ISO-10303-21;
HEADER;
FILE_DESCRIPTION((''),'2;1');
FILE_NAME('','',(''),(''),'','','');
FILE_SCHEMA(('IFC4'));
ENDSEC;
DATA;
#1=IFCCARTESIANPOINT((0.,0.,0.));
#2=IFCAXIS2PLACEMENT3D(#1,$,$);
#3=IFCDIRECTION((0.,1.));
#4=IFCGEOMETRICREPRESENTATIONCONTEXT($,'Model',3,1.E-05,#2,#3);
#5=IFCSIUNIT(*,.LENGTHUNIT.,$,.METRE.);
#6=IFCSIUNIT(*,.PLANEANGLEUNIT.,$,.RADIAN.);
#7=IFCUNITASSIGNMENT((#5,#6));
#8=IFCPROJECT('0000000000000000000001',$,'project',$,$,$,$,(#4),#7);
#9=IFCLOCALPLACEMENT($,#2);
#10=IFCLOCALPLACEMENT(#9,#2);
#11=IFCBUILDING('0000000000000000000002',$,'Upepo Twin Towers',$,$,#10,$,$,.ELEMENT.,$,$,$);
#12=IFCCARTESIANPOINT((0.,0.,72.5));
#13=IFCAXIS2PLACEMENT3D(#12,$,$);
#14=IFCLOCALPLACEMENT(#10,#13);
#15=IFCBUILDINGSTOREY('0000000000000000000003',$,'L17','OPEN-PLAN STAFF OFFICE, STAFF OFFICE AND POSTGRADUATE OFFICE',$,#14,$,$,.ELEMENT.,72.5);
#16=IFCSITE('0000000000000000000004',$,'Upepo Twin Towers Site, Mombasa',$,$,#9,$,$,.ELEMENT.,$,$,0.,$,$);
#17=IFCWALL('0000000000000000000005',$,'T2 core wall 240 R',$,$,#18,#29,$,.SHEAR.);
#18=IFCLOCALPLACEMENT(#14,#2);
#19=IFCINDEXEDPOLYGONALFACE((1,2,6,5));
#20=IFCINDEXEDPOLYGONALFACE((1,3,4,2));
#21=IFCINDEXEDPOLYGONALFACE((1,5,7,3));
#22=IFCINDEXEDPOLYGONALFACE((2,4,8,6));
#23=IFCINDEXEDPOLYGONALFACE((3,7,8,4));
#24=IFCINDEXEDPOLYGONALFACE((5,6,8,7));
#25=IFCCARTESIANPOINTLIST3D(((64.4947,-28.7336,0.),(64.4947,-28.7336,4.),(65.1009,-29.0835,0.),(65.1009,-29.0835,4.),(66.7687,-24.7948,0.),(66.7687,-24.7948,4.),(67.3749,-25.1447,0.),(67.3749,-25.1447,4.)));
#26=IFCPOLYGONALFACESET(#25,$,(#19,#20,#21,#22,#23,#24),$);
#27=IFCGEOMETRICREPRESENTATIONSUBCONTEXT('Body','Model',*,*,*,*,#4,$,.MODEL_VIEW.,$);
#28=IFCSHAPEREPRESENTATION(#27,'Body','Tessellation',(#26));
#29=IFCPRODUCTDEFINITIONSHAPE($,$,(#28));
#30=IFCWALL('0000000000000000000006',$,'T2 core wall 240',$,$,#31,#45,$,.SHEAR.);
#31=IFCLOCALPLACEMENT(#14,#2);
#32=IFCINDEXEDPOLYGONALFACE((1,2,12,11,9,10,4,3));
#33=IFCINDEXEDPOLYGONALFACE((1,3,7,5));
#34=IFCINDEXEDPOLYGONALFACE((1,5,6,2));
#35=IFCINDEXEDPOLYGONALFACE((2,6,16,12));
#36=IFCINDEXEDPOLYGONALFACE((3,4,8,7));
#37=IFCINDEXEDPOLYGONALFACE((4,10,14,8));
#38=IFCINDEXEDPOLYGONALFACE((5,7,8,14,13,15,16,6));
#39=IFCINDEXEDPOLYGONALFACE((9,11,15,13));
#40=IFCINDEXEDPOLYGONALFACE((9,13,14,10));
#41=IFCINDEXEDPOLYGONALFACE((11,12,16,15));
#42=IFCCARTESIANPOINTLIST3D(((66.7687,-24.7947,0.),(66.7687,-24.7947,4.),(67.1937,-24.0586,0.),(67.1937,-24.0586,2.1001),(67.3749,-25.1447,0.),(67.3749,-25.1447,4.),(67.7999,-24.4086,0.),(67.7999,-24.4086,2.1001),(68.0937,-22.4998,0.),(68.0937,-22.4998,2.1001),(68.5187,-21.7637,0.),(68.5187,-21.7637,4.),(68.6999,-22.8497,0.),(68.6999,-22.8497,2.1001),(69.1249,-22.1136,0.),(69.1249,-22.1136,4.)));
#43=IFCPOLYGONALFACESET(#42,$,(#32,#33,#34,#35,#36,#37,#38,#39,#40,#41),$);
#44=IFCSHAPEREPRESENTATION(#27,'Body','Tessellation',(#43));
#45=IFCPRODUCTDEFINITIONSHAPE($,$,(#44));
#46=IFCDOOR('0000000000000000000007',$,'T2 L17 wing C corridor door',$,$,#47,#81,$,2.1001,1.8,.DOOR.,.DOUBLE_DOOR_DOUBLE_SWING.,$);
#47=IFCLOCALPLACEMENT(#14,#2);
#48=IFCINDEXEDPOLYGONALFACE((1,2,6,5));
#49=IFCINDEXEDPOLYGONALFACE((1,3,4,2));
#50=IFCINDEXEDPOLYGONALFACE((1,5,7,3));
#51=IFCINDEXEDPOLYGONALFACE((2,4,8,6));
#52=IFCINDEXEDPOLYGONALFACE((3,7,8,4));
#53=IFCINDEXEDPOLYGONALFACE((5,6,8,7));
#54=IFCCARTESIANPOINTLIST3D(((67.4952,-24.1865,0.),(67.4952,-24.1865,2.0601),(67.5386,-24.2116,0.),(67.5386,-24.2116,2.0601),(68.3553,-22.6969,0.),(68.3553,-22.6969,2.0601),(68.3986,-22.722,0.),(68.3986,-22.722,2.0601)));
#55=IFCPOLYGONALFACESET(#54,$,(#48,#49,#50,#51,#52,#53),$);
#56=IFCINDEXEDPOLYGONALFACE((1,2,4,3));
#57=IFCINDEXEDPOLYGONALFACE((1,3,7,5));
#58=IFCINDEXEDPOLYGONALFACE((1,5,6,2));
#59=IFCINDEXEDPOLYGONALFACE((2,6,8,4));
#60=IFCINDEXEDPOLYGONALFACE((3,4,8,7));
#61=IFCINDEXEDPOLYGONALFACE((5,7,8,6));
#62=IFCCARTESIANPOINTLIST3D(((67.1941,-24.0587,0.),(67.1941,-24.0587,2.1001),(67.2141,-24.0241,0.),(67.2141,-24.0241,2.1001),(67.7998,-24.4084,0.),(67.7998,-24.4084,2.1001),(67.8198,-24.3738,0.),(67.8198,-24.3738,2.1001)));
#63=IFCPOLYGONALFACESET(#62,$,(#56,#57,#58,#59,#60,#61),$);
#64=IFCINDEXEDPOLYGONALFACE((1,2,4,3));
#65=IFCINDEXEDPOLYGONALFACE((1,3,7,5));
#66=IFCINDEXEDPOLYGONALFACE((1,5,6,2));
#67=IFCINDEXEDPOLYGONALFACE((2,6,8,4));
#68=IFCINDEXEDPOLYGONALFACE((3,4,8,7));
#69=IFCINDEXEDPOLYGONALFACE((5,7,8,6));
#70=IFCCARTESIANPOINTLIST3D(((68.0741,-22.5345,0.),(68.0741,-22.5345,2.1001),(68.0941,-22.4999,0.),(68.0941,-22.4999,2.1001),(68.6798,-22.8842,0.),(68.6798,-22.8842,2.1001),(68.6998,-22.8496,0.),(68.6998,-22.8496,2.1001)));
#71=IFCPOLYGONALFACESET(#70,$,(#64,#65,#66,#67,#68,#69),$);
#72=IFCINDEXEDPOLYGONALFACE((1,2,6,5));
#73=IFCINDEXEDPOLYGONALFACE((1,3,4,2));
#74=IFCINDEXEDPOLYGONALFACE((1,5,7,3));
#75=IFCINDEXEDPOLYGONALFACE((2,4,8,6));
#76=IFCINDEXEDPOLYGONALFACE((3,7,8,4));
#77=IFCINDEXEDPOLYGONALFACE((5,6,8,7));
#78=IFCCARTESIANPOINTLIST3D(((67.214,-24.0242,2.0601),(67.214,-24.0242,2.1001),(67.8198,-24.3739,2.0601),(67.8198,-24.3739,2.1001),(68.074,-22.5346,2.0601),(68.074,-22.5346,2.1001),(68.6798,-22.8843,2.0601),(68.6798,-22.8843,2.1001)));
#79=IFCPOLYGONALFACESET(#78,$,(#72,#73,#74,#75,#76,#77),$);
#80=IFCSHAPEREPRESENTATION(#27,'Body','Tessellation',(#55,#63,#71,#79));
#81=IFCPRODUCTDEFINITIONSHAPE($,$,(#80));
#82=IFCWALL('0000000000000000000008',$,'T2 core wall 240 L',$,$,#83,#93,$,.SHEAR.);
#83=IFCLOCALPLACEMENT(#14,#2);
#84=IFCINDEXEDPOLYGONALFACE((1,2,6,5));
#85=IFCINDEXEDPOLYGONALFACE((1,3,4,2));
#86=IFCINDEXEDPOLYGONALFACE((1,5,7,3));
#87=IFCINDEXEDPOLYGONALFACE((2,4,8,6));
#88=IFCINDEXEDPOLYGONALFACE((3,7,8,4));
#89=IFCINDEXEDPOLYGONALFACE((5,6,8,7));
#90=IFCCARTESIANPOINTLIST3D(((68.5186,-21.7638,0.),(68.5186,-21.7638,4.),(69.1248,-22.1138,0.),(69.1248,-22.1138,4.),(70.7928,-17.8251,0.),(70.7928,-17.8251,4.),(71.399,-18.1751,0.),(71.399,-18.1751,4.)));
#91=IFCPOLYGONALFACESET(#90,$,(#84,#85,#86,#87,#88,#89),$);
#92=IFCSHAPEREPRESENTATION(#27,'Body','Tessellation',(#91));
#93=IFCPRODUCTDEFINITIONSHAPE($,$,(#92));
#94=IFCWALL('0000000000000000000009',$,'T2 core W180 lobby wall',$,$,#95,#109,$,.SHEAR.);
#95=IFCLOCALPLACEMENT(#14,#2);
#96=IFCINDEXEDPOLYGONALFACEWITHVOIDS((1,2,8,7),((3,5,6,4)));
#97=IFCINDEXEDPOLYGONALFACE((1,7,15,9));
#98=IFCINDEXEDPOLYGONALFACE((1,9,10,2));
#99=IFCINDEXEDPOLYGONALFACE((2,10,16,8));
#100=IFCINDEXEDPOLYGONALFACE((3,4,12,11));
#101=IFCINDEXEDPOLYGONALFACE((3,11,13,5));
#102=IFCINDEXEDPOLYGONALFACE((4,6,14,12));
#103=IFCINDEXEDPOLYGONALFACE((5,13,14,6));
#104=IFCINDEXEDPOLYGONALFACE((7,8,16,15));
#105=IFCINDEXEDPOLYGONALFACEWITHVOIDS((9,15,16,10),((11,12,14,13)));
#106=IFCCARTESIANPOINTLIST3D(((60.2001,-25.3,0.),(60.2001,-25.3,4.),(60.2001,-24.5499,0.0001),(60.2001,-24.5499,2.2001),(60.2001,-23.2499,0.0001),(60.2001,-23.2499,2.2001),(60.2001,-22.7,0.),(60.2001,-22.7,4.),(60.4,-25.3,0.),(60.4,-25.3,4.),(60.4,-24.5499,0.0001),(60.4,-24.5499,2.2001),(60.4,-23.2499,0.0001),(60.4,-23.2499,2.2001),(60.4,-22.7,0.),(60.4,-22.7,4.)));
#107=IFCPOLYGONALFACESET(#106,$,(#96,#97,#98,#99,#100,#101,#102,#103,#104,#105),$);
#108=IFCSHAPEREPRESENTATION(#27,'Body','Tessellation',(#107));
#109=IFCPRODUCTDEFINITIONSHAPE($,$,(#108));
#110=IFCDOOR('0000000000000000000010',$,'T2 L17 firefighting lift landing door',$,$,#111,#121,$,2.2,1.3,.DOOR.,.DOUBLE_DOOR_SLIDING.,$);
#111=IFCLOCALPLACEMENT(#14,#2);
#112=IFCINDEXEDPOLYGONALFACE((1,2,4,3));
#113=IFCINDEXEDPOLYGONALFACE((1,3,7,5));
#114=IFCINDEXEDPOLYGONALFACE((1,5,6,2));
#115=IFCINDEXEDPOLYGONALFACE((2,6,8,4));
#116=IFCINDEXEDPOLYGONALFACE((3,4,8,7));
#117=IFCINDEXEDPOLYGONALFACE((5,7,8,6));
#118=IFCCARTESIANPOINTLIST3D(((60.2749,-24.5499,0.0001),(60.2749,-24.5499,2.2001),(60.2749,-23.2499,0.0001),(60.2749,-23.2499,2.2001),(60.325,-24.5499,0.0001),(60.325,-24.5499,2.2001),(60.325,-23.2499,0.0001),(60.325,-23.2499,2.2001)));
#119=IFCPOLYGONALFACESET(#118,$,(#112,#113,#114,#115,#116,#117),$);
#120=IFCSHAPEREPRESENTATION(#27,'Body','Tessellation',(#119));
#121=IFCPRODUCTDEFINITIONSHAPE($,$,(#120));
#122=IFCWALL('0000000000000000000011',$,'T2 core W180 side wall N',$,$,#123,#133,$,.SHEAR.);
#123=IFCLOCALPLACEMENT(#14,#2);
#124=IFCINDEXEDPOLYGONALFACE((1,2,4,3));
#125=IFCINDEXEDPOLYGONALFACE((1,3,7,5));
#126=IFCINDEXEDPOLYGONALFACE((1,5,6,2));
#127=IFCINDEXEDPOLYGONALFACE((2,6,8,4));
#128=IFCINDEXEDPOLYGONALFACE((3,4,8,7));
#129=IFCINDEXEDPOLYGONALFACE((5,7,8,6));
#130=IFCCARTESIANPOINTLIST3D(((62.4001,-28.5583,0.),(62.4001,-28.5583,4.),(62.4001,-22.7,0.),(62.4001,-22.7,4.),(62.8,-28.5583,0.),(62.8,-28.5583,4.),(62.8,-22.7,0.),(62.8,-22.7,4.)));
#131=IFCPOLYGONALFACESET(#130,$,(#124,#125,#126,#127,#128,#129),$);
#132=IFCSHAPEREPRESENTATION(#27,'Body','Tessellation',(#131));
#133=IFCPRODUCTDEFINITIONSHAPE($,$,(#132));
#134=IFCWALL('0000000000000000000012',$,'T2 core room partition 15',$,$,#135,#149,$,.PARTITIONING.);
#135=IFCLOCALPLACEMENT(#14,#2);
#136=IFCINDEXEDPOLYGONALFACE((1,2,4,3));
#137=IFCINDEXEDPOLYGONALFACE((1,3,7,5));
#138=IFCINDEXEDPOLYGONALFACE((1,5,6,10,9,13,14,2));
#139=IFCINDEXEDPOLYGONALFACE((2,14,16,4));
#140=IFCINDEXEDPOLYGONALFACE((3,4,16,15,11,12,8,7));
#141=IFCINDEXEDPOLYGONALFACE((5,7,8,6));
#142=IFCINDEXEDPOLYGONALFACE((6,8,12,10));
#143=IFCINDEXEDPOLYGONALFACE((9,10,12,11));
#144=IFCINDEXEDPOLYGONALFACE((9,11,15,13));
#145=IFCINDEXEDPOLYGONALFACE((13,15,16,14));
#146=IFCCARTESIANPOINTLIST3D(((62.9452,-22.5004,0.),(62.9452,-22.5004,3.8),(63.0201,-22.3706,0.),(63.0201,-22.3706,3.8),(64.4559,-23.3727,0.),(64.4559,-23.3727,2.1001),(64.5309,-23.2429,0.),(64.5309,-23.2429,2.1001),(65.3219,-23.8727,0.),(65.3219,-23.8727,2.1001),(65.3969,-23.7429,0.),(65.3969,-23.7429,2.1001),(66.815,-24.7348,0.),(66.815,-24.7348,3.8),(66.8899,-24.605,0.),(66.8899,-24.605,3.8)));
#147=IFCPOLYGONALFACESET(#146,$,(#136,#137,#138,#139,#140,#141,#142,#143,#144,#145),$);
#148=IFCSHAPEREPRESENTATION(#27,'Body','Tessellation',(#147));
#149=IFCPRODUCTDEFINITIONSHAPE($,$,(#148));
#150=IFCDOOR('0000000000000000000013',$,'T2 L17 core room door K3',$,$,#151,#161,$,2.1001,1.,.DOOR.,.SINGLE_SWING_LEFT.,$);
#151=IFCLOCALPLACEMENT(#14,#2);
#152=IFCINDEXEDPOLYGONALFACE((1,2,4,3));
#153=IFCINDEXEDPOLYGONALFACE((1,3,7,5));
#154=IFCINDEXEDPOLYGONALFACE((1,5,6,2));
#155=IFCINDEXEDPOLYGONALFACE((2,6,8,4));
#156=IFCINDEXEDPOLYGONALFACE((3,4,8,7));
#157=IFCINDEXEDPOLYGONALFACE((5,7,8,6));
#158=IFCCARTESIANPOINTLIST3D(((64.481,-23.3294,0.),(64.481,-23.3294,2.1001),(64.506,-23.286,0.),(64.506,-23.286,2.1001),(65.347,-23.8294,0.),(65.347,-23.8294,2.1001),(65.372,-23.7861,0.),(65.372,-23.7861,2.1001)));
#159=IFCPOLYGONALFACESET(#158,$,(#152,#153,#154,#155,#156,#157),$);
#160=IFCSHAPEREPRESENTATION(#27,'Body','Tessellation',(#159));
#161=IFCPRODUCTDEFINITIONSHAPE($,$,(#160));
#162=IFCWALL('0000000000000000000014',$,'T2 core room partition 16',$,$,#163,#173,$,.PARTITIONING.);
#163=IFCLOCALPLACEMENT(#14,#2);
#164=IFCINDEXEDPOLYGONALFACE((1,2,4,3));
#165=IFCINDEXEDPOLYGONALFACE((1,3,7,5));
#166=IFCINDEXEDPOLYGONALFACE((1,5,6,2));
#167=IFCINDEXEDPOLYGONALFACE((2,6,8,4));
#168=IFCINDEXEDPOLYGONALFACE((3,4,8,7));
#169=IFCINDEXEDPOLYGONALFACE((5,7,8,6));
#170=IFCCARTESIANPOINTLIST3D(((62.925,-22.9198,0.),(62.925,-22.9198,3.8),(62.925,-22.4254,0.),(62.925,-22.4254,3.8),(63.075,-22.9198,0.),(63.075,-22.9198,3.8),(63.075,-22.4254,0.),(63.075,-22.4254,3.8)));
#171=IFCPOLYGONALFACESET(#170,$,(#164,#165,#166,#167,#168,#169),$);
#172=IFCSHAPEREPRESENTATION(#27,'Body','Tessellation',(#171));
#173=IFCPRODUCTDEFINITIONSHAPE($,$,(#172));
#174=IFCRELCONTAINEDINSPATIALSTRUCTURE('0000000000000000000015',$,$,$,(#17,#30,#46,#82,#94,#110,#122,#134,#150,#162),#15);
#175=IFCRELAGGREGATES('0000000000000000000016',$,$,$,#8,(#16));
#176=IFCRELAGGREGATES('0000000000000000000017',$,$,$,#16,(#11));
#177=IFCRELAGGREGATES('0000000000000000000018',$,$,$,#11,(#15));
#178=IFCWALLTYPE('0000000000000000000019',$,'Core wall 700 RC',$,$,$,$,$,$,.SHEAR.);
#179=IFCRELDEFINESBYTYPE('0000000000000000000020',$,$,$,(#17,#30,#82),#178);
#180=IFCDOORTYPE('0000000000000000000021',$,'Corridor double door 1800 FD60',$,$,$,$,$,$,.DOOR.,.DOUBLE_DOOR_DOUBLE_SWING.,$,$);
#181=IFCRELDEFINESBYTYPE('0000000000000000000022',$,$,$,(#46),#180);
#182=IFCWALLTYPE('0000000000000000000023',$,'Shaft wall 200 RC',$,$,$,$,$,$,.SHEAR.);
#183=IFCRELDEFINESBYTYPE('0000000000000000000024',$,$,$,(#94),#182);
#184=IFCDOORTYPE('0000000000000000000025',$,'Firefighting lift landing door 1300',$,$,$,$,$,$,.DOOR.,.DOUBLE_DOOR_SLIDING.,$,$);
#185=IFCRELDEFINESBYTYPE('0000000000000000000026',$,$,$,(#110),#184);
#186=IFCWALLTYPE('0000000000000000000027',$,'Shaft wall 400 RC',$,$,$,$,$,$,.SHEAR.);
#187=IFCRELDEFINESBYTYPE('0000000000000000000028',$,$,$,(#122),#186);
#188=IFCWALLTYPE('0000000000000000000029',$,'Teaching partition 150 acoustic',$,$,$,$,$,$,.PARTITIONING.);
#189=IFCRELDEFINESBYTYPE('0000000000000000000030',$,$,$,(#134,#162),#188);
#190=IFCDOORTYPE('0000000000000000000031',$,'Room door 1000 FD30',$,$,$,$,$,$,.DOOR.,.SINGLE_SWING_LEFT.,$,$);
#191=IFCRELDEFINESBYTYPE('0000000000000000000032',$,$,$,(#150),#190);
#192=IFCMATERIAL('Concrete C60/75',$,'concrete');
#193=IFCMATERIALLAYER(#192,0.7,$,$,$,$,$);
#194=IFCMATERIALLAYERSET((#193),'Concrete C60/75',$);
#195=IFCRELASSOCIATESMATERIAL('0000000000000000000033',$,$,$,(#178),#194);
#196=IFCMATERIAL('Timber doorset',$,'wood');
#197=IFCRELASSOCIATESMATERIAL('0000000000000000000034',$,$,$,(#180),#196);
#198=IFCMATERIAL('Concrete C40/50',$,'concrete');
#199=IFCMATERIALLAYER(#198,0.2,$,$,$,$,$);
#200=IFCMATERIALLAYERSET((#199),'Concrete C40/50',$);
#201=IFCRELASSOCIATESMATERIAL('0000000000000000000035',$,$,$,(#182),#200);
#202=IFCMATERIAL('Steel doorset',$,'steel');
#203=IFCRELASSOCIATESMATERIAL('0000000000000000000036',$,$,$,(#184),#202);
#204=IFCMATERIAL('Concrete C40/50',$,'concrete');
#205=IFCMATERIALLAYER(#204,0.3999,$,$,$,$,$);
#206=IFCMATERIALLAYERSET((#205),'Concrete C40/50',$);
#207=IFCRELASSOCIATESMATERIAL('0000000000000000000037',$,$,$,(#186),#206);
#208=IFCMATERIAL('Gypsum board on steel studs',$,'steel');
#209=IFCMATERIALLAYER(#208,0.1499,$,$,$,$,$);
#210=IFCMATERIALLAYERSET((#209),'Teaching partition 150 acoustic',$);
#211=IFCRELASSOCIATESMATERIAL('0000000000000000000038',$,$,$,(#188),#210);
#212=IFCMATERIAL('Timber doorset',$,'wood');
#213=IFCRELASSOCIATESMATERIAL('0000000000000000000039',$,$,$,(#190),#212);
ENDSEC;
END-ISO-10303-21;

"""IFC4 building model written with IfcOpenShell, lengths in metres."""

from ifc_helpers import new_model, si_unit, direction, frame, frame_2d, origin, place, context, subcontext, project, spatial, rectangle, extrude, material, layer, layer_set, type_object, element, fill, save


model = new_model("IFC4")

# Units and contexts
model_context = context("Model", 3, precision=1e-05, world=origin(), true_north=direction((0.0, 1.0)))
body_context = subcontext(model_context, "Body", "Model", "MODEL_VIEW")
ifc_project = project(units=[si_unit("LENGTHUNIT", "METRE"), si_unit("PLANEANGLEUNIT", "RADIAN")], contexts=[model_context])

# Site, building, storey
site_placement = place(None, origin())
site = spatial("IfcSite", under=ifc_project, at=site_placement, Name="Upepo Twin Towers Site, Mombasa", CompositionType="ELEMENT", RefElevation=0.0)
building_placement = place(site_placement, origin())
building = spatial("IfcBuilding", under=site, at=building_placement, Name="Upepo Twin Towers", CompositionType="ELEMENT")
storey_placement = place(building_placement, frame((0.0, 0.0, 72.5)))
storey = spatial("IfcBuildingStorey", under=building, at=storey_placement, Name="L17", Description="OPEN-PLAN STAFF OFFICE, STAFF OFFICE AND POSTGRADUATE OFFICE", CompositionType="ELEMENT", Elevation=72.5)

# Wall
ifc_material_1 = material(Name="Concrete C60/75", Category="concrete")
ifc_layer_1 = layer(ifc_material_1, 0.7)
ifc_layer_set_1 = layer_set([ifc_layer_1], Name="Concrete C60/75")
wall_type_1 = type_object("IfcWallType", Name="Core wall 700 RC", PredefinedType="SHEAR", material=ifc_layer_set_1)
wall_1_placement = place(storey_placement, frame((64.7979, -28.9084, 0.0), z_axis=(0.0, 0.0, 1.0), x_axis=(0.499984, 0.866035, 0.0)))
element("IfcWall", 1, at=wall_1_placement, inside=storey, type_object=wall_type_1, Name="T2 core wall 240 R", PredefinedType="SHEAR", context=body_context, shape_type="SweptSolid", body=[
    extrude(rectangle(XDim=4.5481, YDim=0.7, at=frame_2d((2.2739, 0.0))), origin(), (0.0, 0.0, 1.0), 4.0),
])

# Wall, opening, door
wall_2_placement = place(storey_placement, frame((67.0718, -24.9697, 0.0), z_axis=(0.0, 0.0, 1.0), x_axis=(0.50001, 0.866019, 0.0)))
wall_2 = element("IfcWall", 2, at=wall_2_placement, inside=storey, type_object=wall_type_1, Name="T2 core wall 240", PredefinedType="SHEAR", context=body_context, shape_type="SweptSolid", body=[
    extrude(rectangle(XDim=3.5, YDim=0.7, at=frame_2d((1.75, 0.0))), origin(), (0.0, 0.0, 1.0), 4.0),
])
opening_1_placement = place(wall_2_placement, frame((0.8501, 0.0, 0.0)))
opening_1 = element("IfcOpeningElement", 3, at=opening_1_placement, cuts=wall_2, PredefinedType="OPENING", context=body_context, shape_type="SweptSolid", body=[
    extrude(rectangle(XDim=1.8, YDim=2.1001, at=frame_2d((0.8999, 1.05))), frame((0.0, 0.3599, 0.0), z_axis=(0.0, -1.0, 0.0), x_axis=(1.0, 0.0, 0.0)), (0.0, 0.0, 1.0), 0.72),
])
ifc_material_2 = material(Name="Timber doorset", Category="wood")
door_type_1 = type_object("IfcDoorType", Name="Corridor double door 1800 FD60", OperationType="DOUBLE_DOOR_DOUBLE_SWING", PredefinedType="DOOR", material=ifc_material_2)
door_1_placement = place(opening_1_placement, origin())
door_1 = element("IfcDoor", 4, at=door_1_placement, inside=storey, type_object=door_type_1, Name="T2 L17 wing C corridor door", OperationType="DOUBLE_DOOR_DOUBLE_SWING", OverallHeight=2.1001, OverallWidth=1.8, PredefinedType="DOOR", context=body_context, shape_type="SweptSolid", body=[
    extrude(rectangle(XDim=1.72, YDim=2.0601, at=frame_2d((0.8999, 1.03))), frame((0.0, 0.0249, 0.0), z_axis=(0.0, -1.0, 0.0), x_axis=(1.0, 0.0, 0.0)), (0.0, 0.0, 1.0), 0.05),
    extrude(rectangle(XDim=0.04, YDim=2.1001, at=frame_2d((0.02, 1.05))), frame((0.0, 0.3496, 0.0), z_axis=(0.0, -1.0, 0.0), x_axis=(1.0, 0.0, 0.0)), (0.0, 0.0, 1.0), 0.6995),
    extrude(rectangle(XDim=0.04, YDim=2.1001, at=frame_2d((1.78, 1.05))), frame((0.0, 0.3496, 0.0), z_axis=(0.0, -1.0, 0.0), x_axis=(1.0, 0.0, 0.0)), (0.0, 0.0, 1.0), 0.6995),
    extrude(rectangle(XDim=1.72, YDim=0.04, at=frame_2d((0.8999, 2.0801))), frame((0.0, 0.3496, 0.0), z_axis=(0.0, -1.0, 0.0), x_axis=(1.0, 0.0, 0.0)), (0.0, 0.0, 1.0), 0.6995),
])
fill(opening_1, door_1)

# Wall
wall_3_placement = place(storey_placement, frame((68.8218, -21.9387, 0.0), z_axis=(0.0, 0.0, 1.0), x_axis=(0.500024, 0.866011, 0.0)))
element("IfcWall", 5, at=wall_3_placement, inside=storey, type_object=wall_type_1, Name="T2 core wall 240 L", PredefinedType="SHEAR", context=body_context, shape_type="SweptSolid", body=[
    extrude(rectangle(XDim=4.5481, YDim=0.7, at=frame_2d((2.2739, 0.0))), origin(), (0.0, 0.0, 1.0), 4.0),
])

# Wall, opening, door
ifc_material_3 = material(Name="Concrete C40/50", Category="concrete")
ifc_layer_2 = layer(ifc_material_3, 0.2)
ifc_layer_set_2 = layer_set([ifc_layer_2], Name="Concrete C40/50")
wall_type_2 = type_object("IfcWallType", Name="Shaft wall 200 RC", PredefinedType="SHEAR", material=ifc_layer_set_2)
wall_4_placement = place(storey_placement, frame((60.3, -22.7, 0.0), z_axis=(0.0, 0.0, 1.0), x_axis=(0.0, -1.0, 0.0)))
wall_4 = element("IfcWall", 6, at=wall_4_placement, inside=storey, type_object=wall_type_2, Name="T2 core W180 lobby wall", PredefinedType="SHEAR", context=body_context, shape_type="SweptSolid", body=[
    extrude(rectangle(XDim=2.6001, YDim=0.2, at=frame_2d((1.3, 0.0))), origin(), (0.0, 0.0, 1.0), 4.0),
])
opening_2_placement = place(wall_4_placement, frame((0.55, 0.0, 0.0)))
opening_2 = element("IfcOpeningElement", 7, at=opening_2_placement, cuts=wall_4, PredefinedType="OPENING", context=body_context, shape_type="SweptSolid", body=[
    extrude(rectangle(XDim=1.3, YDim=2.2, at=frame_2d((0.6499, 1.1001))), frame((0.0, 0.1099, 0.0), z_axis=(0.0, -1.0, 0.0), x_axis=(1.0, 0.0, 0.0)), (0.0, 0.0, 1.0), 0.22),
])
ifc_material_4 = material(Name="Steel doorset", Category="steel")
door_type_2 = type_object("IfcDoorType", Name="Firefighting lift landing door 1300", OperationType="DOUBLE_DOOR_SLIDING", PredefinedType="DOOR", material=ifc_material_4)
door_2_placement = place(opening_2_placement, origin())
door_2 = element("IfcDoor", 8, at=door_2_placement, inside=storey, type_object=door_type_2, Name="T2 L17 firefighting lift landing door", OperationType="DOUBLE_DOOR_SLIDING", OverallHeight=2.2, OverallWidth=1.3, PredefinedType="DOOR", context=body_context, shape_type="SweptSolid", body=[
    extrude(rectangle(XDim=1.3, YDim=2.2, at=frame_2d((0.6499, 1.1001))), frame((0.0, 0.0249, 0.0), z_axis=(0.0, -1.0, 0.0), x_axis=(1.0, 0.0, 0.0)), (0.0, 0.0, 1.0), 0.05),
])
fill(opening_2, door_2)

# Wall
ifc_material_5 = material(Name="Concrete C40/50", Category="concrete")
ifc_layer_3 = layer(ifc_material_5, 0.3999)
ifc_layer_set_3 = layer_set([ifc_layer_3], Name="Concrete C40/50")
wall_type_3 = type_object("IfcWallType", Name="Shaft wall 400 RC", PredefinedType="SHEAR", material=ifc_layer_set_3)
wall_5_placement = place(storey_placement, frame((62.6001, -22.7, 0.0), z_axis=(0.0, 0.0, 1.0), x_axis=(0.0, -1.0, 0.0)))
element("IfcWall", 9, at=wall_5_placement, inside=storey, type_object=wall_type_3, Name="T2 core W180 side wall N", PredefinedType="SHEAR", context=body_context, shape_type="SweptSolid", body=[
    extrude(rectangle(XDim=5.8584, YDim=0.3999, at=frame_2d((2.9292, 0.0))), origin(), (0.0, 0.0, 1.0), 4.0),
])

# Wall, opening, door
ifc_material_6 = material(Name="Gypsum board on steel studs", Category="steel")
ifc_layer_4 = layer(ifc_material_6, 0.1499)
ifc_layer_set_4 = layer_set([ifc_layer_4], Name="Teaching partition 150 acoustic")
wall_type_4 = type_object("IfcWallType", Name="Teaching partition 150 acoustic", PredefinedType="PARTITIONING", material=ifc_layer_set_4)
wall_6_placement = place(storey_placement, frame((66.8525, -24.6699, 0.0), z_axis=(0.0, 0.0, 1.0), x_axis=(-0.866015, 0.500017, 0.0)))
wall_6 = element("IfcWall", 10, at=wall_6_placement, inside=storey, type_object=wall_type_4, Name="T2 core room partition 15", PredefinedType="PARTITIONING", context=body_context, shape_type="SweptSolid", body=[
    extrude(rectangle(XDim=4.4685, YDim=0.1499, at=frame_2d((2.2344, 0.0))), origin(), (0.0, 0.0, 1.0), 3.8),
])
opening_3_placement = place(wall_6_placement, frame((1.7241, 0.0, 0.0)))
opening_3 = element("IfcOpeningElement", 11, at=opening_3_placement, cuts=wall_6, PredefinedType="OPENING", context=body_context, shape_type="SweptSolid", body=[
    extrude(rectangle(XDim=1.0, YDim=2.1001, at=frame_2d((0.5, 1.05))), frame((0.0, 0.085, 0.0), z_axis=(0.0, -1.0, 0.0), x_axis=(1.0, 0.0, 0.0)), (0.0, 0.0, 1.0), 0.1699),
])
ifc_material_7 = material(Name="Timber doorset", Category="wood")
door_type_3 = type_object("IfcDoorType", Name="Room door 1000 FD30", OperationType="SINGLE_SWING_LEFT", PredefinedType="DOOR", material=ifc_material_7)
door_3_placement = place(opening_3_placement, origin())
door_3 = element("IfcDoor", 12, at=door_3_placement, inside=storey, type_object=door_type_3, Name="T2 L17 core room door K3", OperationType="SINGLE_SWING_LEFT", OverallHeight=2.1001, OverallWidth=1.0, PredefinedType="DOOR", context=body_context, shape_type="SweptSolid", body=[
    extrude(rectangle(XDim=1.0, YDim=2.1001, at=frame_2d((0.5, 1.05))), frame((0.0, 0.0249, 0.0), z_axis=(0.0, -1.0, 0.0), x_axis=(1.0, 0.0, 0.0)), (0.0, 0.0, 1.0), 0.05),
])
fill(opening_3, door_3)

# Wall
wall_7_placement = place(storey_placement, frame((63.0, -22.4255, 0.0), z_axis=(0.0, 0.0, 1.0), x_axis=(0.0, -1.0, 0.0)))
element("IfcWall", 13, at=wall_7_placement, inside=storey, type_object=wall_type_4, Name="T2 core room partition 16", PredefinedType="PARTITIONING", context=body_context, shape_type="SweptSolid", body=[
    extrude(rectangle(XDim=0.4944, YDim=0.1499, at=frame_2d((0.2471, 0.0))), origin(), (0.0, 0.0, 1.0), 3.8),
])

save(model, "model.ifc")
